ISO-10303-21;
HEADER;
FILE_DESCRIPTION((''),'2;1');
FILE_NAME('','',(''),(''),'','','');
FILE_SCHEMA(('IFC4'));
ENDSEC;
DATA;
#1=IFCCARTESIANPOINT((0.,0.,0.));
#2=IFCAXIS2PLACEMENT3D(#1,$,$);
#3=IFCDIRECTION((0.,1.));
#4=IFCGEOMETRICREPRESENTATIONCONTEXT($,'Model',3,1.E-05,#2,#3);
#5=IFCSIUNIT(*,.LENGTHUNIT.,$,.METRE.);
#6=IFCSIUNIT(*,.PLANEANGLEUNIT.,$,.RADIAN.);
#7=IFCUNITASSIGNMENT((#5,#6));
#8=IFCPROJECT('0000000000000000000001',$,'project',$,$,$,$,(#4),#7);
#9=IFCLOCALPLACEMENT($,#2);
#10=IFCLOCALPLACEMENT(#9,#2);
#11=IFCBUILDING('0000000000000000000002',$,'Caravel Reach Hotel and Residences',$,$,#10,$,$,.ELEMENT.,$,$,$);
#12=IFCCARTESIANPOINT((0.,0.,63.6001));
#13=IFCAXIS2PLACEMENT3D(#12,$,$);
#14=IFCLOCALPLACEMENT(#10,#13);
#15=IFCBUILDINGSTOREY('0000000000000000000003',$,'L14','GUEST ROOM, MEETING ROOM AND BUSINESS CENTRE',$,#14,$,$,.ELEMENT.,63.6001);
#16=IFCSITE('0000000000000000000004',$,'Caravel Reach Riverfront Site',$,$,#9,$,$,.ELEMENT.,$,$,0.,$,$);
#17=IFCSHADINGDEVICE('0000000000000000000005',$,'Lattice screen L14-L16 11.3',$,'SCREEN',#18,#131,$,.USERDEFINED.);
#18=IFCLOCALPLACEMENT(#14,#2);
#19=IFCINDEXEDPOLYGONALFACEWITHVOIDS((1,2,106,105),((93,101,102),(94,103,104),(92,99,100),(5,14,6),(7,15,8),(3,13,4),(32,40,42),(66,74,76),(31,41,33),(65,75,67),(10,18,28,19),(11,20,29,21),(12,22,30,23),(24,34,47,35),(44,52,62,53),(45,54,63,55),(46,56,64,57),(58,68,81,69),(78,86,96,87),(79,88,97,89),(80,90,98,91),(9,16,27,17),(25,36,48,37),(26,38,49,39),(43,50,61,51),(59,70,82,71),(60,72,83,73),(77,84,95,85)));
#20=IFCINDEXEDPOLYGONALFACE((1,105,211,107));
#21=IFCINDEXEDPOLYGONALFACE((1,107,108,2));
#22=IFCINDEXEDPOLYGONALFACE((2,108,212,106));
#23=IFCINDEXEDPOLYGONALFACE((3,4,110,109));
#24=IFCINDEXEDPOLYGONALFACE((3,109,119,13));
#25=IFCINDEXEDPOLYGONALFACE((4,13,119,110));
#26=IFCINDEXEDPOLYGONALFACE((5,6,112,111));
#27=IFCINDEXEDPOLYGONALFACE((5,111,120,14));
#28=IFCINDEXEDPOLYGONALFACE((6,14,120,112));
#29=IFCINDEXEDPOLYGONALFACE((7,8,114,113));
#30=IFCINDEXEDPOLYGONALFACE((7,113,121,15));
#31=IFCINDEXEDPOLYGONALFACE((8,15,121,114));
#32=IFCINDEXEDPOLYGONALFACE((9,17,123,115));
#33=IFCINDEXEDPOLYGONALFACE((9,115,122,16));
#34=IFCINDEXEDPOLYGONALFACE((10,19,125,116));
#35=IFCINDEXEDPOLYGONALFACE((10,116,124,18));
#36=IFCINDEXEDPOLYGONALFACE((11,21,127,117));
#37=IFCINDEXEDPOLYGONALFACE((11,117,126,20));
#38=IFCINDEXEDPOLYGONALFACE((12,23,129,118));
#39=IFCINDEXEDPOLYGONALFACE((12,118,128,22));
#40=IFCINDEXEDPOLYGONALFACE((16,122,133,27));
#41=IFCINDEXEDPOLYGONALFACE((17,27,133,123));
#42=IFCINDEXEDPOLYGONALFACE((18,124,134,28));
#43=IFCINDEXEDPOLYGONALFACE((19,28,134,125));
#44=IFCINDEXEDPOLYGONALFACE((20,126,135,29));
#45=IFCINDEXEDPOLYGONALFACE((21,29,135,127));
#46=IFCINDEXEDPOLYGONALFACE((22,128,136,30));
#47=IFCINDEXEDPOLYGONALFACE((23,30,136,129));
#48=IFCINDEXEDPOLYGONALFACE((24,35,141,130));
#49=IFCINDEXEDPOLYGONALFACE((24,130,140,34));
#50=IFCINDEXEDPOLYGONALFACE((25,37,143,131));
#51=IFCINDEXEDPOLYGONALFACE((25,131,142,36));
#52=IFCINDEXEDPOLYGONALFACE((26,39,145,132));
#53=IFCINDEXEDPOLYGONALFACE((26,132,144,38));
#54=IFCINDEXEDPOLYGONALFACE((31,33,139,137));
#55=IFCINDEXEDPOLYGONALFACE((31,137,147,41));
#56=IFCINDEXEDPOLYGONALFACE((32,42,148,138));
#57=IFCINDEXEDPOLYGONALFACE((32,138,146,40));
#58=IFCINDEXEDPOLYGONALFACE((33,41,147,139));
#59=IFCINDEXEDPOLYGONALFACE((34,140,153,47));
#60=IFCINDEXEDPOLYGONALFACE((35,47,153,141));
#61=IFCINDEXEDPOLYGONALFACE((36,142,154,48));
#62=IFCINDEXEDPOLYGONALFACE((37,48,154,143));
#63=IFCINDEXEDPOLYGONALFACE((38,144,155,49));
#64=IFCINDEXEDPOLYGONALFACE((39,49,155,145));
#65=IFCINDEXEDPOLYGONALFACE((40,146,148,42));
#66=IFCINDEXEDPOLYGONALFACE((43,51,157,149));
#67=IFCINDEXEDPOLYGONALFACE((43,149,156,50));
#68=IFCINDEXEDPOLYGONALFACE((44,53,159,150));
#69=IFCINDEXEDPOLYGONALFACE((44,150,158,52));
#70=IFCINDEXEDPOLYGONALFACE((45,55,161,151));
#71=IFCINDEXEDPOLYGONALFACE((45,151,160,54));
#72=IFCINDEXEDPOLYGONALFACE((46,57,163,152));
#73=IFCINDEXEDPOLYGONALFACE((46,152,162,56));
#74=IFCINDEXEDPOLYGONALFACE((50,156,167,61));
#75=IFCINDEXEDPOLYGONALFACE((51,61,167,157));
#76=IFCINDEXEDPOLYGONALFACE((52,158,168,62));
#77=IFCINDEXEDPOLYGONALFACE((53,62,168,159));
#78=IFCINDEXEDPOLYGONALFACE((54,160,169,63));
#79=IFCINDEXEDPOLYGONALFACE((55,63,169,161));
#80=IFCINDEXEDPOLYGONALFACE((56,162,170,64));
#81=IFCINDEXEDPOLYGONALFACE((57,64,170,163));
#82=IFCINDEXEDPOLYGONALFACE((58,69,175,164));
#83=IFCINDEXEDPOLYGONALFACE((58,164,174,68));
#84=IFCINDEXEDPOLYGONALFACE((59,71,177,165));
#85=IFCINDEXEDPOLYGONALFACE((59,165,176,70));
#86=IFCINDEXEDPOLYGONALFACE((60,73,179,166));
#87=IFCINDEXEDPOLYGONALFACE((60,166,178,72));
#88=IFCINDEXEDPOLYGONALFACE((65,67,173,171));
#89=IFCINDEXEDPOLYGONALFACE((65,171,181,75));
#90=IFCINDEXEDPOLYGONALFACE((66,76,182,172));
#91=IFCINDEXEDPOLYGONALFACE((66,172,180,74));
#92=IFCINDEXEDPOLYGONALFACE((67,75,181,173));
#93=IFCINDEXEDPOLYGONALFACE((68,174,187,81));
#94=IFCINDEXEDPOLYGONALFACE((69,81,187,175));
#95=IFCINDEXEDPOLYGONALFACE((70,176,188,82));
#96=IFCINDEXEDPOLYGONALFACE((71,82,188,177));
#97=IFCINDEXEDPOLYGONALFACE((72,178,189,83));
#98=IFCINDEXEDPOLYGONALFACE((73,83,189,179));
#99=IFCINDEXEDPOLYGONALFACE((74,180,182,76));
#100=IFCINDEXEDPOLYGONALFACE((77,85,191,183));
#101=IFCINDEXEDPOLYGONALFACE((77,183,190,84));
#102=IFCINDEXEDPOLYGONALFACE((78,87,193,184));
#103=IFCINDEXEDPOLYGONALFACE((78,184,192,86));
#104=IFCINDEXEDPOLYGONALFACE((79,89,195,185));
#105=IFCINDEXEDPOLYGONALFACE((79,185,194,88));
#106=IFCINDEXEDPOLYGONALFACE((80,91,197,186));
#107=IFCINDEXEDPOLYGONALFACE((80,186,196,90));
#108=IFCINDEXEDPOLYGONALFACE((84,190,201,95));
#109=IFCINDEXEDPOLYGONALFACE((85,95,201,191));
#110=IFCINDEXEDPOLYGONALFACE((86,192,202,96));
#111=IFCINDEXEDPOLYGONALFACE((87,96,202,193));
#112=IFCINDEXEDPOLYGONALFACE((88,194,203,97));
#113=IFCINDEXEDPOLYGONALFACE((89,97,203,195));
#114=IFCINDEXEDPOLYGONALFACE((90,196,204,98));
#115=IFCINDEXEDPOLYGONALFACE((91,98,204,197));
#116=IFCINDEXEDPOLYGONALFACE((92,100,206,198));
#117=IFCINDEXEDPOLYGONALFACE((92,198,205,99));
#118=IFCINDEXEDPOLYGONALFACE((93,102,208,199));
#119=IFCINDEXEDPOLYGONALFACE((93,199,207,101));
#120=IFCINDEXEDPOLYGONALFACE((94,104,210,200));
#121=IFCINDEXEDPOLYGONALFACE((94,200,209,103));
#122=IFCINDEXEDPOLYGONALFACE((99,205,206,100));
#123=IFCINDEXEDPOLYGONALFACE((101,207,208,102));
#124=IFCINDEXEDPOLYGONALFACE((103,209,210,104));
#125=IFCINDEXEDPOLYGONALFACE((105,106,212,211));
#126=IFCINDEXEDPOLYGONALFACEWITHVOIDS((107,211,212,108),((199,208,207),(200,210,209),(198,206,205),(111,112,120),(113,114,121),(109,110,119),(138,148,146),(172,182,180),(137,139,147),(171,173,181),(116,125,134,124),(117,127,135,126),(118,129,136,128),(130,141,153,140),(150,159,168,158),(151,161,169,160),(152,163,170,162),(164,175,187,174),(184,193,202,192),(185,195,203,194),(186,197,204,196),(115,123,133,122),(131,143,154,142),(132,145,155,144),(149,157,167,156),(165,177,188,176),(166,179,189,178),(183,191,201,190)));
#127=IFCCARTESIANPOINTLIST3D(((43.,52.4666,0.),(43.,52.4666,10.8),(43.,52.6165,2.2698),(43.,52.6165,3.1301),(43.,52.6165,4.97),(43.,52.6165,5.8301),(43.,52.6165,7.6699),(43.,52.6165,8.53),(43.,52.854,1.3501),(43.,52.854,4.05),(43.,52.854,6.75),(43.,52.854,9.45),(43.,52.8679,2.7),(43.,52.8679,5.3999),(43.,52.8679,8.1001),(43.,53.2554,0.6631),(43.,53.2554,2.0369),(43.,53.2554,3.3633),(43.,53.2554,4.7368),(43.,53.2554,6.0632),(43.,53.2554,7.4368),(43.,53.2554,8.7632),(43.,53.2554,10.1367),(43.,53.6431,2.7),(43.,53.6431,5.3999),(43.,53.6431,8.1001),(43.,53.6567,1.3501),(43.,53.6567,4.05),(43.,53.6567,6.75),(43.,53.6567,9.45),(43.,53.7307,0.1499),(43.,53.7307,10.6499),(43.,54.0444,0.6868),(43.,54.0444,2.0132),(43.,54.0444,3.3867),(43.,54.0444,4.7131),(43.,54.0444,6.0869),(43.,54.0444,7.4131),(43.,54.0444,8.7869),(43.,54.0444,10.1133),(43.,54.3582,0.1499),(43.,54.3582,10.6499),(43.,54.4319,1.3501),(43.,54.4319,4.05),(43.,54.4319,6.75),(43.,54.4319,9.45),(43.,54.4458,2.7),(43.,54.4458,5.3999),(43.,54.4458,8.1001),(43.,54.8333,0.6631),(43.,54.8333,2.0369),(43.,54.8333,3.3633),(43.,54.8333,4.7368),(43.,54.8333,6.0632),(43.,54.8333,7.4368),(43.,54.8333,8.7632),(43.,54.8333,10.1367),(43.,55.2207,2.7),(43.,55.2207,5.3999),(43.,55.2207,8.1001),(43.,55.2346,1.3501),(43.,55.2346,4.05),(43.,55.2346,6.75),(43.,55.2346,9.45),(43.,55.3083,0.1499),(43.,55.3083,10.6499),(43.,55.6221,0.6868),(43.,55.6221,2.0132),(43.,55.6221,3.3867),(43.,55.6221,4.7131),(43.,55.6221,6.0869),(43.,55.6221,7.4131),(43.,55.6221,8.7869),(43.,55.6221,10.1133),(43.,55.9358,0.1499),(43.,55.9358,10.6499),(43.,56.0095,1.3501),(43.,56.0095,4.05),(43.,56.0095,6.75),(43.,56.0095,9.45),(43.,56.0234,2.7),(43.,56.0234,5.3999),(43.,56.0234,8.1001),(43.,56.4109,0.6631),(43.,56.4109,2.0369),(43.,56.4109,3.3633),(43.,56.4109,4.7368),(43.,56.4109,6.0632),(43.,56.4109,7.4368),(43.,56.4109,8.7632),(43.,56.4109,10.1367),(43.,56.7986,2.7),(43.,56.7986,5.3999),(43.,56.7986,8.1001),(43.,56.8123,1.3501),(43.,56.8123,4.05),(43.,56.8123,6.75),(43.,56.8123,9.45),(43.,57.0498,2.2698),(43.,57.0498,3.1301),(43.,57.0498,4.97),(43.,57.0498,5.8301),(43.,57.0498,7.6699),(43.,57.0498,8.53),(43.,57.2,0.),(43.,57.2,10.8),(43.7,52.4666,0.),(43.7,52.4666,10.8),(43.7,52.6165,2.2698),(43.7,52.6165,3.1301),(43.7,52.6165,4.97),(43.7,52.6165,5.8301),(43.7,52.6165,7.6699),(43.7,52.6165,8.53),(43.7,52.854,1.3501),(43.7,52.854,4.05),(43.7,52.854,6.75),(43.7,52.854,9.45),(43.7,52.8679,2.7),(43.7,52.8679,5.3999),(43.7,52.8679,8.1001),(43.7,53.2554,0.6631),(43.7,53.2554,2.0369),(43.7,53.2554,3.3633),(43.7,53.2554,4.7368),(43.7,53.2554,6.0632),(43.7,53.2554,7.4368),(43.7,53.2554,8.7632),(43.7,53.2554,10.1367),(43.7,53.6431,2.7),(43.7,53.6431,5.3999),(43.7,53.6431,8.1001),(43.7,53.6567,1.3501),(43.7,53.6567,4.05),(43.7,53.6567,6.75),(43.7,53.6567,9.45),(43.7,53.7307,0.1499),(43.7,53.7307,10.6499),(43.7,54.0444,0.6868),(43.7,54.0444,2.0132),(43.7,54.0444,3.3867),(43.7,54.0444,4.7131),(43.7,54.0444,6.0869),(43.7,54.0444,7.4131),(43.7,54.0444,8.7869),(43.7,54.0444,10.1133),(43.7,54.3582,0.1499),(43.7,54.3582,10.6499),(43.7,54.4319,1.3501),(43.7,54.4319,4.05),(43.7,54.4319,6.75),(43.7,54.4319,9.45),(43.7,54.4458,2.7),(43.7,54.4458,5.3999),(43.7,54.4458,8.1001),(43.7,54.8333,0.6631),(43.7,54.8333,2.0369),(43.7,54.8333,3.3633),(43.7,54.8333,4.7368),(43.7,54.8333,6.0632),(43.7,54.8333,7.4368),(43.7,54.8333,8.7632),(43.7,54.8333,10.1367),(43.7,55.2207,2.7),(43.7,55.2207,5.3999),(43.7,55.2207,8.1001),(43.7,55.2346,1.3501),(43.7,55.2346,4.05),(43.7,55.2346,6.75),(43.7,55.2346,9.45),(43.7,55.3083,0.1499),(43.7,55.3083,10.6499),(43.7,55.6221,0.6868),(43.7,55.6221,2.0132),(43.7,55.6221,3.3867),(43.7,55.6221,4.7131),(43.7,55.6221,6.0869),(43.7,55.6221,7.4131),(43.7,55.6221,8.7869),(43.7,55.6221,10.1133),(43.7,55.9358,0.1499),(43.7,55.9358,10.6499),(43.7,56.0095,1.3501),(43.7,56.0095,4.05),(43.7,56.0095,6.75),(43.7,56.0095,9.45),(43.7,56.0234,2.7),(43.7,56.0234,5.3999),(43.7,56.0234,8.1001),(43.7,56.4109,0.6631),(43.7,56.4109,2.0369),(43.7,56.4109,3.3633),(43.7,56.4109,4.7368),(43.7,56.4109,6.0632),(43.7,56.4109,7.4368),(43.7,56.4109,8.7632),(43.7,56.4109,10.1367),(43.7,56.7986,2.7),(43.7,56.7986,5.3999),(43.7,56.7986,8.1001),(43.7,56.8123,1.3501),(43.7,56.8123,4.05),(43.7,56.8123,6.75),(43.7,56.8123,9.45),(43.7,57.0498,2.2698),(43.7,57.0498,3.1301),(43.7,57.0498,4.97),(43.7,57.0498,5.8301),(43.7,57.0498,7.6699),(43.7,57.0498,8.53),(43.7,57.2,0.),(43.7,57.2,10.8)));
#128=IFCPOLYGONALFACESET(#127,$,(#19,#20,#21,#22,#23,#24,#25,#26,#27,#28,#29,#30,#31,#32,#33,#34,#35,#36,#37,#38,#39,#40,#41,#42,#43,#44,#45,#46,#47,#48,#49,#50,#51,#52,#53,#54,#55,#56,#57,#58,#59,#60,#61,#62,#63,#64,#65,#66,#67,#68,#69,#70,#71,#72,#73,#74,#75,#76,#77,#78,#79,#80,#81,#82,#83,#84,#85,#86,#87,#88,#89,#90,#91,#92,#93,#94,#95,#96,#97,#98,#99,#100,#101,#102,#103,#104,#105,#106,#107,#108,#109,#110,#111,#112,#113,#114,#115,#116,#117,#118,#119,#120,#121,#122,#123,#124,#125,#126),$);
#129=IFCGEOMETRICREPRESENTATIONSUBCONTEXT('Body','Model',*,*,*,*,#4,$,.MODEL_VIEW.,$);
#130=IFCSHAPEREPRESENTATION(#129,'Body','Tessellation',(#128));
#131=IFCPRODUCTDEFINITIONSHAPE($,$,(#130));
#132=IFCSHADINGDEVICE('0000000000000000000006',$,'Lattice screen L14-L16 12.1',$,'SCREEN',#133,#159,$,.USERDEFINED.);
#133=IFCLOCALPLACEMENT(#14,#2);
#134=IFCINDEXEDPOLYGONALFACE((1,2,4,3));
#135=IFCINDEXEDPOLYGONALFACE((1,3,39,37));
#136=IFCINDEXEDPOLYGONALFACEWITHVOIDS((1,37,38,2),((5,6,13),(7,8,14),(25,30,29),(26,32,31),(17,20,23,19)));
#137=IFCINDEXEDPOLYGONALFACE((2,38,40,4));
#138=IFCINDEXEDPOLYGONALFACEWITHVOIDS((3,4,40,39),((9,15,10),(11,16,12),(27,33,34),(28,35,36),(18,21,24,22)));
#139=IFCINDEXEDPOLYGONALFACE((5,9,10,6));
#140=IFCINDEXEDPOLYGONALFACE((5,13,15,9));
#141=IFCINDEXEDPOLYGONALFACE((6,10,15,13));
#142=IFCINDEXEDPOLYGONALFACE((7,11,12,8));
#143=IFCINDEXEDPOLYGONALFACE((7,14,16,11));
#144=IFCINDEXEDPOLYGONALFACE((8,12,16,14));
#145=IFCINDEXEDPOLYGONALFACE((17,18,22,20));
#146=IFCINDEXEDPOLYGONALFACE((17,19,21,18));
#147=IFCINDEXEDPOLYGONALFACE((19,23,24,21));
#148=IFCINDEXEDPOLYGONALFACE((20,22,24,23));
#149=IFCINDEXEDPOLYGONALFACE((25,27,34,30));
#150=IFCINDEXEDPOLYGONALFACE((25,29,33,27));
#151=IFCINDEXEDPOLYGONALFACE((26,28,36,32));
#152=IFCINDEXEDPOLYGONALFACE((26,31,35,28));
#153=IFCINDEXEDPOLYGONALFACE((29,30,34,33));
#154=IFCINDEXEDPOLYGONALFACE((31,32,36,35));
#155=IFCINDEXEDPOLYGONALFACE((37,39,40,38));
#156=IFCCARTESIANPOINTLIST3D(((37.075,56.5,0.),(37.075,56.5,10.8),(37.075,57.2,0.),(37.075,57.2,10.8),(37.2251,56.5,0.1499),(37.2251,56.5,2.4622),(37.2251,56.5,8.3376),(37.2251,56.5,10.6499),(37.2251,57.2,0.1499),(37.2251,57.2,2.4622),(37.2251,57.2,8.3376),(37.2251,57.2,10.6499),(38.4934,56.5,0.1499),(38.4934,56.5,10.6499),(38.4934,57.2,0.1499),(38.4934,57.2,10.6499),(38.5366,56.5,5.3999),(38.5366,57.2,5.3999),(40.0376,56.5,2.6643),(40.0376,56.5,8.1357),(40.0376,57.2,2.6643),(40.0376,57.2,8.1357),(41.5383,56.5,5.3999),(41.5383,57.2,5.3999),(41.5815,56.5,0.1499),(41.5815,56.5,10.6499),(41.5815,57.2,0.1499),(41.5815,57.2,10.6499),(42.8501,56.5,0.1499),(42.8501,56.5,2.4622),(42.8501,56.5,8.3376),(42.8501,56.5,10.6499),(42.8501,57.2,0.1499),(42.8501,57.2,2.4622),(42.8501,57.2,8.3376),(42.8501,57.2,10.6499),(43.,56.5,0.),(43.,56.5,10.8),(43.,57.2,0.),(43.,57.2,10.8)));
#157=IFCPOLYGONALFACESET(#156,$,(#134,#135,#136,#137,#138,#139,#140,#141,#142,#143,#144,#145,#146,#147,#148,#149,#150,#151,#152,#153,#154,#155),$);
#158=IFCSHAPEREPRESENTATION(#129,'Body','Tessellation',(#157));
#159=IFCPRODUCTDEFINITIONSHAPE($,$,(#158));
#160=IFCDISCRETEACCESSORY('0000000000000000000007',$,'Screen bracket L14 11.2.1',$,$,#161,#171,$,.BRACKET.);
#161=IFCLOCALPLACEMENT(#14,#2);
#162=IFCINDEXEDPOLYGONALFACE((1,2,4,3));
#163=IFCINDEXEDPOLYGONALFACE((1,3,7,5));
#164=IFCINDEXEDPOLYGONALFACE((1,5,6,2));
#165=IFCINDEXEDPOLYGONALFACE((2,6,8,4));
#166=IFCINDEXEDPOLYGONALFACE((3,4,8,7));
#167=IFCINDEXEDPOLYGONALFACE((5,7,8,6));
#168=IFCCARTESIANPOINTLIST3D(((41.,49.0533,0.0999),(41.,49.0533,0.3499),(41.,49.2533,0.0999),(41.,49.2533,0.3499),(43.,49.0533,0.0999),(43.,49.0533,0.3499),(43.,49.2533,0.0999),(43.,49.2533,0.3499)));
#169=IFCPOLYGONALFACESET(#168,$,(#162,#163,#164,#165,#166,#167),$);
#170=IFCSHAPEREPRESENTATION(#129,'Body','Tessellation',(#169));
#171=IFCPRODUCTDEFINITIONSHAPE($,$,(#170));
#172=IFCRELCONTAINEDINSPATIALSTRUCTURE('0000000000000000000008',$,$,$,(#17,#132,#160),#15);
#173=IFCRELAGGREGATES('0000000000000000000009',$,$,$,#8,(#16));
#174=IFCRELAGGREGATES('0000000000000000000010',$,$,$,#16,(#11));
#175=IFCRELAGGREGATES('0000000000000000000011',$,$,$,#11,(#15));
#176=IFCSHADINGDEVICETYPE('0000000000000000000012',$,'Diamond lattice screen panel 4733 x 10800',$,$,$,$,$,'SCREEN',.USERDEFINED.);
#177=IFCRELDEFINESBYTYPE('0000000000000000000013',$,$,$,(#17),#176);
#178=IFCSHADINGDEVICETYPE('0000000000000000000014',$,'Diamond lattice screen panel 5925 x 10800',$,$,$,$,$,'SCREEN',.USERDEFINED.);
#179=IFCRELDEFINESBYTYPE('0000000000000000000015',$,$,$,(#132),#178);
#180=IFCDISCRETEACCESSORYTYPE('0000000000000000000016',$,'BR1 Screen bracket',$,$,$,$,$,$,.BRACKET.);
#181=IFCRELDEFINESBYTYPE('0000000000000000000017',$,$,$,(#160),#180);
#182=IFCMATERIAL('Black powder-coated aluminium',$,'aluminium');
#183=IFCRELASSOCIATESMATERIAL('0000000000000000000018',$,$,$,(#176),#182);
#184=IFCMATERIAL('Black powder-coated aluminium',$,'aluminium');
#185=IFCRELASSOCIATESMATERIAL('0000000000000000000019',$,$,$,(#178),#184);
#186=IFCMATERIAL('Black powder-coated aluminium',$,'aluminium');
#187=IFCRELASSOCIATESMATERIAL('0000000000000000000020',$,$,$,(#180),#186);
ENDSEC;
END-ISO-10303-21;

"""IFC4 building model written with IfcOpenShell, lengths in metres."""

from ifc_helpers import new_model, si_unit, direction, frame, origin, origin_2d, place, context, subcontext, project, spatial, polyline, rectangle, outline, extrude, material, type_object, element, save


model = new_model("IFC4")

# Units and contexts
model_context = context("Model", 3, precision=1e-05, world=origin(), true_north=direction((0.0, 1.0)))
body_context = subcontext(model_context, "Body", "Model", "MODEL_VIEW")
ifc_project = project(units=[si_unit("LENGTHUNIT", "METRE"), si_unit("PLANEANGLEUNIT", "RADIAN")], contexts=[model_context])

# Site, building, storey
site_placement = place(None, origin())
site = spatial("IfcSite", under=ifc_project, at=site_placement, Name="Caravel Reach Riverfront Site", CompositionType="ELEMENT", RefElevation=0.0)
building_placement = place(site_placement, origin())
building = spatial("IfcBuilding", under=site, at=building_placement, Name="Caravel Reach Hotel and Residences", CompositionType="ELEMENT")
storey_placement = place(building_placement, frame((0.0, 0.0, 63.6001)))
storey = spatial("IfcBuildingStorey", under=building, at=storey_placement, Name="L14", Description="GUEST ROOM, MEETING ROOM AND BUSINESS CENTRE", CompositionType="ELEMENT", Elevation=63.6001)

# Shading devices
ifc_material_1 = material(Name="Black powder-coated aluminium", Category="aluminium")
shading_device_type_1 = type_object("IfcShadingDeviceType", Name="Diamond lattice screen panel 4733 x 10800", ElementType="SCREEN", PredefinedType="USERDEFINED", material=ifc_material_1)
shading_device_1_placement = place(storey_placement, frame((43.0, 52.4666, 0.0), z_axis=(1.0, 0.0, 0.0), x_axis=(0.0, 1.0, 0.0)))
element("IfcShadingDevice", 1, at=shading_device_1_placement, inside=storey, type_object=shading_device_type_1, Name="Lattice screen L14-L16 11.3", ObjectType="SCREEN", PredefinedType="USERDEFINED", context=body_context, shape_type="SweptSolid", body=[
    extrude(outline(polyline([(0.0, 0.0), (4.7334, 0.0), (4.7334, 10.8), (0.0, 10.8), (0.0, 0.0)]), holes=[polyline([(0.4014, 2.7), (0.1499, 3.1301), (0.1499, 2.2698), (0.4014, 2.7)]), polyline([(0.4014, 5.3999), (0.1499, 5.8301), (0.1499, 4.97), (0.4014, 5.3999)]), polyline([(0.4014, 8.1001), (0.1499, 8.53), (0.1499, 7.6699), (0.4014, 8.1001)]), polyline([(0.7888, 2.0369), (0.3875, 1.3501), (0.7888, 0.6631), (1.1902, 1.3501), (0.7888, 2.0369)]), polyline([(0.7888, 4.7368), (0.3875, 4.05), (0.7888, 3.3633), (1.1902, 4.05), (0.7888, 4.7368)]), polyline([(0.7888, 7.4368), (0.3875, 6.75), (0.7888, 6.0632), (1.1902, 6.75), (0.7888, 7.4368)]), polyline([(0.7888, 10.1367), (0.3875, 9.45), (0.7888, 8.7632), (1.1902, 9.45), (0.7888, 10.1367)]), polyline([(1.5779, 0.6868), (1.2642, 0.1499), (1.8916, 0.1499), (1.5779, 0.6868)]), polyline([(1.5779, 3.3867), (1.1765, 2.7), (1.5779, 2.0132), (1.9792, 2.7), (1.5779, 3.3867)]), polyline([(1.5779, 6.0869), (1.1765, 5.3999), (1.5779, 4.7131), (1.9792, 5.3999), (1.5779, 6.0869)]), polyline([(1.5779, 8.7869), (1.1765, 8.1001), (1.5779, 7.4131), (1.9792, 8.1001), (1.5779, 8.7869)]), polyline([(1.5779, 10.1133), (1.8916, 10.6499), (1.2642, 10.6499), (1.5779, 10.1133)]), polyline([(2.3667, 2.0369), (1.9653, 1.3501), (2.3667, 0.6631), (2.7681, 1.3501), (2.3667, 2.0369)]), polyline([(2.3667, 4.7368), (1.9653, 4.05), (2.3667, 3.3633), (2.7681, 4.05), (2.3667, 4.7368)]), polyline([(2.3667, 7.4368), (1.9653, 6.75), (2.3667, 6.0632), (2.7681, 6.75), (2.3667, 7.4368)]), polyline([(2.3667, 10.1367), (1.9653, 9.45), (2.3667, 8.7632), (2.7681, 9.45), (2.3667, 10.1367)]), polyline([(3.1555, 0.6868), (2.8418, 0.1499), (3.4692, 0.1499), (3.1555, 0.6868)]), polyline([(3.1555, 3.3867), (2.7542, 2.7), (3.1555, 2.0132), (3.5569, 2.7), (3.1555, 3.3867)]), polyline([(3.1555, 6.0869), (2.7542, 5.3999), (3.1555, 4.7131), (3.5569, 5.3999), (3.1555, 6.0869)]), polyline([(3.1555, 8.7869), (2.7542, 8.1001), (3.1555, 7.4131), (3.5569, 8.1001), (3.1555, 8.7869)]), polyline([(3.1555, 10.1133), (3.4692, 10.6499), (2.8418, 10.6499), (3.1555, 10.1133)]), polyline([(3.9443, 2.0369), (3.543, 1.3501), (3.9443, 0.6631), (4.3457, 1.3501), (3.9443, 2.0369)]), polyline([(3.9443, 4.7368), (3.543, 4.05), (3.9443, 3.3633), (4.3457, 4.05), (3.9443, 4.7368)]), polyline([(3.9443, 7.4368), (3.543, 6.75), (3.9443, 6.0632), (4.3457, 6.75), (3.9443, 7.4368)]), polyline([(3.9443, 10.1367), (3.543, 9.45), (3.9443, 8.7632), (4.3457, 9.45), (3.9443, 10.1367)]), polyline([(4.332, 2.7), (4.5833, 2.2698), (4.5833, 3.1301), (4.332, 2.7)]), polyline([(4.332, 5.3999), (4.5833, 4.97), (4.5833, 5.8301), (4.332, 5.3999)]), polyline([(4.332, 8.1001), (4.5833, 7.6699), (4.5833, 8.53), (4.332, 8.1001)])]), origin(), (0.0, 0.0, 1.0), 0.7),
])
ifc_material_2 = material(Name="Black powder-coated aluminium", Category="aluminium")
shading_device_type_2 = type_object("IfcShadingDeviceType", Name="Diamond lattice screen panel 5925 x 10800", ElementType="SCREEN", PredefinedType="USERDEFINED", material=ifc_material_2)
shading_device_2_placement = place(storey_placement, frame((43.0, 56.5, 0.0), z_axis=(0.0, 1.0, 0.0), x_axis=(-1.0, 0.0, 0.0)))
element("IfcShadingDevice", 2, at=shading_device_2_placement, inside=storey, type_object=shading_device_type_2, Name="Lattice screen L14-L16 12.1", ObjectType="SCREEN", PredefinedType="USERDEFINED", context=body_context, shape_type="SweptSolid", body=[
    extrude(outline(polyline([(0.0, 0.0), (5.925, 0.0), (5.925, 10.8), (0.0, 10.8), (0.0, 0.0)]), holes=[polyline([(1.4185, 0.1499), (0.1499, 2.4622), (0.1499, 0.1499), (1.4185, 0.1499)]), polyline([(0.1499, 8.3376), (1.4185, 10.6499), (0.1499, 10.6499), (0.1499, 8.3376)]), polyline([(2.9624, 8.1357), (1.4617, 5.3999), (2.9624, 2.6643), (4.4634, 5.3999), (2.9624, 8.1357)]), polyline([(5.7749, 2.4622), (4.5066, 0.1499), (5.7749, 0.1499), (5.7749, 2.4622)]), polyline([(4.5066, 10.6499), (5.7749, 8.3376), (5.7749, 10.6499), (4.5066, 10.6499)])]), origin(), (0.0, 0.0, 1.0), 0.7),
])

# Discrete accessory
ifc_material_3 = material(Name="Black powder-coated aluminium", Category="aluminium")
discrete_accessory_type = type_object("IfcDiscreteAccessoryType", Name="BR1 Screen bracket", PredefinedType="BRACKET", material=ifc_material_3)
discrete_accessory_placement = place(storey_placement, frame((42.0, 49.1533, 0.0999), z_axis=(0.0, 0.0, 1.0), x_axis=(1.0, 0.0, 0.0)))
element("IfcDiscreteAccessory", 3, at=discrete_accessory_placement, inside=storey, type_object=discrete_accessory_type, Name="Screen bracket L14 11.2.1", PredefinedType="BRACKET", context=body_context, shape_type="SweptSolid", body=[
    extrude(rectangle(XDim=2.0, YDim=0.2, at=origin_2d()), origin(), (0.0, 0.0, 1.0), 0.25),
])

save(model, "model.ifc")
